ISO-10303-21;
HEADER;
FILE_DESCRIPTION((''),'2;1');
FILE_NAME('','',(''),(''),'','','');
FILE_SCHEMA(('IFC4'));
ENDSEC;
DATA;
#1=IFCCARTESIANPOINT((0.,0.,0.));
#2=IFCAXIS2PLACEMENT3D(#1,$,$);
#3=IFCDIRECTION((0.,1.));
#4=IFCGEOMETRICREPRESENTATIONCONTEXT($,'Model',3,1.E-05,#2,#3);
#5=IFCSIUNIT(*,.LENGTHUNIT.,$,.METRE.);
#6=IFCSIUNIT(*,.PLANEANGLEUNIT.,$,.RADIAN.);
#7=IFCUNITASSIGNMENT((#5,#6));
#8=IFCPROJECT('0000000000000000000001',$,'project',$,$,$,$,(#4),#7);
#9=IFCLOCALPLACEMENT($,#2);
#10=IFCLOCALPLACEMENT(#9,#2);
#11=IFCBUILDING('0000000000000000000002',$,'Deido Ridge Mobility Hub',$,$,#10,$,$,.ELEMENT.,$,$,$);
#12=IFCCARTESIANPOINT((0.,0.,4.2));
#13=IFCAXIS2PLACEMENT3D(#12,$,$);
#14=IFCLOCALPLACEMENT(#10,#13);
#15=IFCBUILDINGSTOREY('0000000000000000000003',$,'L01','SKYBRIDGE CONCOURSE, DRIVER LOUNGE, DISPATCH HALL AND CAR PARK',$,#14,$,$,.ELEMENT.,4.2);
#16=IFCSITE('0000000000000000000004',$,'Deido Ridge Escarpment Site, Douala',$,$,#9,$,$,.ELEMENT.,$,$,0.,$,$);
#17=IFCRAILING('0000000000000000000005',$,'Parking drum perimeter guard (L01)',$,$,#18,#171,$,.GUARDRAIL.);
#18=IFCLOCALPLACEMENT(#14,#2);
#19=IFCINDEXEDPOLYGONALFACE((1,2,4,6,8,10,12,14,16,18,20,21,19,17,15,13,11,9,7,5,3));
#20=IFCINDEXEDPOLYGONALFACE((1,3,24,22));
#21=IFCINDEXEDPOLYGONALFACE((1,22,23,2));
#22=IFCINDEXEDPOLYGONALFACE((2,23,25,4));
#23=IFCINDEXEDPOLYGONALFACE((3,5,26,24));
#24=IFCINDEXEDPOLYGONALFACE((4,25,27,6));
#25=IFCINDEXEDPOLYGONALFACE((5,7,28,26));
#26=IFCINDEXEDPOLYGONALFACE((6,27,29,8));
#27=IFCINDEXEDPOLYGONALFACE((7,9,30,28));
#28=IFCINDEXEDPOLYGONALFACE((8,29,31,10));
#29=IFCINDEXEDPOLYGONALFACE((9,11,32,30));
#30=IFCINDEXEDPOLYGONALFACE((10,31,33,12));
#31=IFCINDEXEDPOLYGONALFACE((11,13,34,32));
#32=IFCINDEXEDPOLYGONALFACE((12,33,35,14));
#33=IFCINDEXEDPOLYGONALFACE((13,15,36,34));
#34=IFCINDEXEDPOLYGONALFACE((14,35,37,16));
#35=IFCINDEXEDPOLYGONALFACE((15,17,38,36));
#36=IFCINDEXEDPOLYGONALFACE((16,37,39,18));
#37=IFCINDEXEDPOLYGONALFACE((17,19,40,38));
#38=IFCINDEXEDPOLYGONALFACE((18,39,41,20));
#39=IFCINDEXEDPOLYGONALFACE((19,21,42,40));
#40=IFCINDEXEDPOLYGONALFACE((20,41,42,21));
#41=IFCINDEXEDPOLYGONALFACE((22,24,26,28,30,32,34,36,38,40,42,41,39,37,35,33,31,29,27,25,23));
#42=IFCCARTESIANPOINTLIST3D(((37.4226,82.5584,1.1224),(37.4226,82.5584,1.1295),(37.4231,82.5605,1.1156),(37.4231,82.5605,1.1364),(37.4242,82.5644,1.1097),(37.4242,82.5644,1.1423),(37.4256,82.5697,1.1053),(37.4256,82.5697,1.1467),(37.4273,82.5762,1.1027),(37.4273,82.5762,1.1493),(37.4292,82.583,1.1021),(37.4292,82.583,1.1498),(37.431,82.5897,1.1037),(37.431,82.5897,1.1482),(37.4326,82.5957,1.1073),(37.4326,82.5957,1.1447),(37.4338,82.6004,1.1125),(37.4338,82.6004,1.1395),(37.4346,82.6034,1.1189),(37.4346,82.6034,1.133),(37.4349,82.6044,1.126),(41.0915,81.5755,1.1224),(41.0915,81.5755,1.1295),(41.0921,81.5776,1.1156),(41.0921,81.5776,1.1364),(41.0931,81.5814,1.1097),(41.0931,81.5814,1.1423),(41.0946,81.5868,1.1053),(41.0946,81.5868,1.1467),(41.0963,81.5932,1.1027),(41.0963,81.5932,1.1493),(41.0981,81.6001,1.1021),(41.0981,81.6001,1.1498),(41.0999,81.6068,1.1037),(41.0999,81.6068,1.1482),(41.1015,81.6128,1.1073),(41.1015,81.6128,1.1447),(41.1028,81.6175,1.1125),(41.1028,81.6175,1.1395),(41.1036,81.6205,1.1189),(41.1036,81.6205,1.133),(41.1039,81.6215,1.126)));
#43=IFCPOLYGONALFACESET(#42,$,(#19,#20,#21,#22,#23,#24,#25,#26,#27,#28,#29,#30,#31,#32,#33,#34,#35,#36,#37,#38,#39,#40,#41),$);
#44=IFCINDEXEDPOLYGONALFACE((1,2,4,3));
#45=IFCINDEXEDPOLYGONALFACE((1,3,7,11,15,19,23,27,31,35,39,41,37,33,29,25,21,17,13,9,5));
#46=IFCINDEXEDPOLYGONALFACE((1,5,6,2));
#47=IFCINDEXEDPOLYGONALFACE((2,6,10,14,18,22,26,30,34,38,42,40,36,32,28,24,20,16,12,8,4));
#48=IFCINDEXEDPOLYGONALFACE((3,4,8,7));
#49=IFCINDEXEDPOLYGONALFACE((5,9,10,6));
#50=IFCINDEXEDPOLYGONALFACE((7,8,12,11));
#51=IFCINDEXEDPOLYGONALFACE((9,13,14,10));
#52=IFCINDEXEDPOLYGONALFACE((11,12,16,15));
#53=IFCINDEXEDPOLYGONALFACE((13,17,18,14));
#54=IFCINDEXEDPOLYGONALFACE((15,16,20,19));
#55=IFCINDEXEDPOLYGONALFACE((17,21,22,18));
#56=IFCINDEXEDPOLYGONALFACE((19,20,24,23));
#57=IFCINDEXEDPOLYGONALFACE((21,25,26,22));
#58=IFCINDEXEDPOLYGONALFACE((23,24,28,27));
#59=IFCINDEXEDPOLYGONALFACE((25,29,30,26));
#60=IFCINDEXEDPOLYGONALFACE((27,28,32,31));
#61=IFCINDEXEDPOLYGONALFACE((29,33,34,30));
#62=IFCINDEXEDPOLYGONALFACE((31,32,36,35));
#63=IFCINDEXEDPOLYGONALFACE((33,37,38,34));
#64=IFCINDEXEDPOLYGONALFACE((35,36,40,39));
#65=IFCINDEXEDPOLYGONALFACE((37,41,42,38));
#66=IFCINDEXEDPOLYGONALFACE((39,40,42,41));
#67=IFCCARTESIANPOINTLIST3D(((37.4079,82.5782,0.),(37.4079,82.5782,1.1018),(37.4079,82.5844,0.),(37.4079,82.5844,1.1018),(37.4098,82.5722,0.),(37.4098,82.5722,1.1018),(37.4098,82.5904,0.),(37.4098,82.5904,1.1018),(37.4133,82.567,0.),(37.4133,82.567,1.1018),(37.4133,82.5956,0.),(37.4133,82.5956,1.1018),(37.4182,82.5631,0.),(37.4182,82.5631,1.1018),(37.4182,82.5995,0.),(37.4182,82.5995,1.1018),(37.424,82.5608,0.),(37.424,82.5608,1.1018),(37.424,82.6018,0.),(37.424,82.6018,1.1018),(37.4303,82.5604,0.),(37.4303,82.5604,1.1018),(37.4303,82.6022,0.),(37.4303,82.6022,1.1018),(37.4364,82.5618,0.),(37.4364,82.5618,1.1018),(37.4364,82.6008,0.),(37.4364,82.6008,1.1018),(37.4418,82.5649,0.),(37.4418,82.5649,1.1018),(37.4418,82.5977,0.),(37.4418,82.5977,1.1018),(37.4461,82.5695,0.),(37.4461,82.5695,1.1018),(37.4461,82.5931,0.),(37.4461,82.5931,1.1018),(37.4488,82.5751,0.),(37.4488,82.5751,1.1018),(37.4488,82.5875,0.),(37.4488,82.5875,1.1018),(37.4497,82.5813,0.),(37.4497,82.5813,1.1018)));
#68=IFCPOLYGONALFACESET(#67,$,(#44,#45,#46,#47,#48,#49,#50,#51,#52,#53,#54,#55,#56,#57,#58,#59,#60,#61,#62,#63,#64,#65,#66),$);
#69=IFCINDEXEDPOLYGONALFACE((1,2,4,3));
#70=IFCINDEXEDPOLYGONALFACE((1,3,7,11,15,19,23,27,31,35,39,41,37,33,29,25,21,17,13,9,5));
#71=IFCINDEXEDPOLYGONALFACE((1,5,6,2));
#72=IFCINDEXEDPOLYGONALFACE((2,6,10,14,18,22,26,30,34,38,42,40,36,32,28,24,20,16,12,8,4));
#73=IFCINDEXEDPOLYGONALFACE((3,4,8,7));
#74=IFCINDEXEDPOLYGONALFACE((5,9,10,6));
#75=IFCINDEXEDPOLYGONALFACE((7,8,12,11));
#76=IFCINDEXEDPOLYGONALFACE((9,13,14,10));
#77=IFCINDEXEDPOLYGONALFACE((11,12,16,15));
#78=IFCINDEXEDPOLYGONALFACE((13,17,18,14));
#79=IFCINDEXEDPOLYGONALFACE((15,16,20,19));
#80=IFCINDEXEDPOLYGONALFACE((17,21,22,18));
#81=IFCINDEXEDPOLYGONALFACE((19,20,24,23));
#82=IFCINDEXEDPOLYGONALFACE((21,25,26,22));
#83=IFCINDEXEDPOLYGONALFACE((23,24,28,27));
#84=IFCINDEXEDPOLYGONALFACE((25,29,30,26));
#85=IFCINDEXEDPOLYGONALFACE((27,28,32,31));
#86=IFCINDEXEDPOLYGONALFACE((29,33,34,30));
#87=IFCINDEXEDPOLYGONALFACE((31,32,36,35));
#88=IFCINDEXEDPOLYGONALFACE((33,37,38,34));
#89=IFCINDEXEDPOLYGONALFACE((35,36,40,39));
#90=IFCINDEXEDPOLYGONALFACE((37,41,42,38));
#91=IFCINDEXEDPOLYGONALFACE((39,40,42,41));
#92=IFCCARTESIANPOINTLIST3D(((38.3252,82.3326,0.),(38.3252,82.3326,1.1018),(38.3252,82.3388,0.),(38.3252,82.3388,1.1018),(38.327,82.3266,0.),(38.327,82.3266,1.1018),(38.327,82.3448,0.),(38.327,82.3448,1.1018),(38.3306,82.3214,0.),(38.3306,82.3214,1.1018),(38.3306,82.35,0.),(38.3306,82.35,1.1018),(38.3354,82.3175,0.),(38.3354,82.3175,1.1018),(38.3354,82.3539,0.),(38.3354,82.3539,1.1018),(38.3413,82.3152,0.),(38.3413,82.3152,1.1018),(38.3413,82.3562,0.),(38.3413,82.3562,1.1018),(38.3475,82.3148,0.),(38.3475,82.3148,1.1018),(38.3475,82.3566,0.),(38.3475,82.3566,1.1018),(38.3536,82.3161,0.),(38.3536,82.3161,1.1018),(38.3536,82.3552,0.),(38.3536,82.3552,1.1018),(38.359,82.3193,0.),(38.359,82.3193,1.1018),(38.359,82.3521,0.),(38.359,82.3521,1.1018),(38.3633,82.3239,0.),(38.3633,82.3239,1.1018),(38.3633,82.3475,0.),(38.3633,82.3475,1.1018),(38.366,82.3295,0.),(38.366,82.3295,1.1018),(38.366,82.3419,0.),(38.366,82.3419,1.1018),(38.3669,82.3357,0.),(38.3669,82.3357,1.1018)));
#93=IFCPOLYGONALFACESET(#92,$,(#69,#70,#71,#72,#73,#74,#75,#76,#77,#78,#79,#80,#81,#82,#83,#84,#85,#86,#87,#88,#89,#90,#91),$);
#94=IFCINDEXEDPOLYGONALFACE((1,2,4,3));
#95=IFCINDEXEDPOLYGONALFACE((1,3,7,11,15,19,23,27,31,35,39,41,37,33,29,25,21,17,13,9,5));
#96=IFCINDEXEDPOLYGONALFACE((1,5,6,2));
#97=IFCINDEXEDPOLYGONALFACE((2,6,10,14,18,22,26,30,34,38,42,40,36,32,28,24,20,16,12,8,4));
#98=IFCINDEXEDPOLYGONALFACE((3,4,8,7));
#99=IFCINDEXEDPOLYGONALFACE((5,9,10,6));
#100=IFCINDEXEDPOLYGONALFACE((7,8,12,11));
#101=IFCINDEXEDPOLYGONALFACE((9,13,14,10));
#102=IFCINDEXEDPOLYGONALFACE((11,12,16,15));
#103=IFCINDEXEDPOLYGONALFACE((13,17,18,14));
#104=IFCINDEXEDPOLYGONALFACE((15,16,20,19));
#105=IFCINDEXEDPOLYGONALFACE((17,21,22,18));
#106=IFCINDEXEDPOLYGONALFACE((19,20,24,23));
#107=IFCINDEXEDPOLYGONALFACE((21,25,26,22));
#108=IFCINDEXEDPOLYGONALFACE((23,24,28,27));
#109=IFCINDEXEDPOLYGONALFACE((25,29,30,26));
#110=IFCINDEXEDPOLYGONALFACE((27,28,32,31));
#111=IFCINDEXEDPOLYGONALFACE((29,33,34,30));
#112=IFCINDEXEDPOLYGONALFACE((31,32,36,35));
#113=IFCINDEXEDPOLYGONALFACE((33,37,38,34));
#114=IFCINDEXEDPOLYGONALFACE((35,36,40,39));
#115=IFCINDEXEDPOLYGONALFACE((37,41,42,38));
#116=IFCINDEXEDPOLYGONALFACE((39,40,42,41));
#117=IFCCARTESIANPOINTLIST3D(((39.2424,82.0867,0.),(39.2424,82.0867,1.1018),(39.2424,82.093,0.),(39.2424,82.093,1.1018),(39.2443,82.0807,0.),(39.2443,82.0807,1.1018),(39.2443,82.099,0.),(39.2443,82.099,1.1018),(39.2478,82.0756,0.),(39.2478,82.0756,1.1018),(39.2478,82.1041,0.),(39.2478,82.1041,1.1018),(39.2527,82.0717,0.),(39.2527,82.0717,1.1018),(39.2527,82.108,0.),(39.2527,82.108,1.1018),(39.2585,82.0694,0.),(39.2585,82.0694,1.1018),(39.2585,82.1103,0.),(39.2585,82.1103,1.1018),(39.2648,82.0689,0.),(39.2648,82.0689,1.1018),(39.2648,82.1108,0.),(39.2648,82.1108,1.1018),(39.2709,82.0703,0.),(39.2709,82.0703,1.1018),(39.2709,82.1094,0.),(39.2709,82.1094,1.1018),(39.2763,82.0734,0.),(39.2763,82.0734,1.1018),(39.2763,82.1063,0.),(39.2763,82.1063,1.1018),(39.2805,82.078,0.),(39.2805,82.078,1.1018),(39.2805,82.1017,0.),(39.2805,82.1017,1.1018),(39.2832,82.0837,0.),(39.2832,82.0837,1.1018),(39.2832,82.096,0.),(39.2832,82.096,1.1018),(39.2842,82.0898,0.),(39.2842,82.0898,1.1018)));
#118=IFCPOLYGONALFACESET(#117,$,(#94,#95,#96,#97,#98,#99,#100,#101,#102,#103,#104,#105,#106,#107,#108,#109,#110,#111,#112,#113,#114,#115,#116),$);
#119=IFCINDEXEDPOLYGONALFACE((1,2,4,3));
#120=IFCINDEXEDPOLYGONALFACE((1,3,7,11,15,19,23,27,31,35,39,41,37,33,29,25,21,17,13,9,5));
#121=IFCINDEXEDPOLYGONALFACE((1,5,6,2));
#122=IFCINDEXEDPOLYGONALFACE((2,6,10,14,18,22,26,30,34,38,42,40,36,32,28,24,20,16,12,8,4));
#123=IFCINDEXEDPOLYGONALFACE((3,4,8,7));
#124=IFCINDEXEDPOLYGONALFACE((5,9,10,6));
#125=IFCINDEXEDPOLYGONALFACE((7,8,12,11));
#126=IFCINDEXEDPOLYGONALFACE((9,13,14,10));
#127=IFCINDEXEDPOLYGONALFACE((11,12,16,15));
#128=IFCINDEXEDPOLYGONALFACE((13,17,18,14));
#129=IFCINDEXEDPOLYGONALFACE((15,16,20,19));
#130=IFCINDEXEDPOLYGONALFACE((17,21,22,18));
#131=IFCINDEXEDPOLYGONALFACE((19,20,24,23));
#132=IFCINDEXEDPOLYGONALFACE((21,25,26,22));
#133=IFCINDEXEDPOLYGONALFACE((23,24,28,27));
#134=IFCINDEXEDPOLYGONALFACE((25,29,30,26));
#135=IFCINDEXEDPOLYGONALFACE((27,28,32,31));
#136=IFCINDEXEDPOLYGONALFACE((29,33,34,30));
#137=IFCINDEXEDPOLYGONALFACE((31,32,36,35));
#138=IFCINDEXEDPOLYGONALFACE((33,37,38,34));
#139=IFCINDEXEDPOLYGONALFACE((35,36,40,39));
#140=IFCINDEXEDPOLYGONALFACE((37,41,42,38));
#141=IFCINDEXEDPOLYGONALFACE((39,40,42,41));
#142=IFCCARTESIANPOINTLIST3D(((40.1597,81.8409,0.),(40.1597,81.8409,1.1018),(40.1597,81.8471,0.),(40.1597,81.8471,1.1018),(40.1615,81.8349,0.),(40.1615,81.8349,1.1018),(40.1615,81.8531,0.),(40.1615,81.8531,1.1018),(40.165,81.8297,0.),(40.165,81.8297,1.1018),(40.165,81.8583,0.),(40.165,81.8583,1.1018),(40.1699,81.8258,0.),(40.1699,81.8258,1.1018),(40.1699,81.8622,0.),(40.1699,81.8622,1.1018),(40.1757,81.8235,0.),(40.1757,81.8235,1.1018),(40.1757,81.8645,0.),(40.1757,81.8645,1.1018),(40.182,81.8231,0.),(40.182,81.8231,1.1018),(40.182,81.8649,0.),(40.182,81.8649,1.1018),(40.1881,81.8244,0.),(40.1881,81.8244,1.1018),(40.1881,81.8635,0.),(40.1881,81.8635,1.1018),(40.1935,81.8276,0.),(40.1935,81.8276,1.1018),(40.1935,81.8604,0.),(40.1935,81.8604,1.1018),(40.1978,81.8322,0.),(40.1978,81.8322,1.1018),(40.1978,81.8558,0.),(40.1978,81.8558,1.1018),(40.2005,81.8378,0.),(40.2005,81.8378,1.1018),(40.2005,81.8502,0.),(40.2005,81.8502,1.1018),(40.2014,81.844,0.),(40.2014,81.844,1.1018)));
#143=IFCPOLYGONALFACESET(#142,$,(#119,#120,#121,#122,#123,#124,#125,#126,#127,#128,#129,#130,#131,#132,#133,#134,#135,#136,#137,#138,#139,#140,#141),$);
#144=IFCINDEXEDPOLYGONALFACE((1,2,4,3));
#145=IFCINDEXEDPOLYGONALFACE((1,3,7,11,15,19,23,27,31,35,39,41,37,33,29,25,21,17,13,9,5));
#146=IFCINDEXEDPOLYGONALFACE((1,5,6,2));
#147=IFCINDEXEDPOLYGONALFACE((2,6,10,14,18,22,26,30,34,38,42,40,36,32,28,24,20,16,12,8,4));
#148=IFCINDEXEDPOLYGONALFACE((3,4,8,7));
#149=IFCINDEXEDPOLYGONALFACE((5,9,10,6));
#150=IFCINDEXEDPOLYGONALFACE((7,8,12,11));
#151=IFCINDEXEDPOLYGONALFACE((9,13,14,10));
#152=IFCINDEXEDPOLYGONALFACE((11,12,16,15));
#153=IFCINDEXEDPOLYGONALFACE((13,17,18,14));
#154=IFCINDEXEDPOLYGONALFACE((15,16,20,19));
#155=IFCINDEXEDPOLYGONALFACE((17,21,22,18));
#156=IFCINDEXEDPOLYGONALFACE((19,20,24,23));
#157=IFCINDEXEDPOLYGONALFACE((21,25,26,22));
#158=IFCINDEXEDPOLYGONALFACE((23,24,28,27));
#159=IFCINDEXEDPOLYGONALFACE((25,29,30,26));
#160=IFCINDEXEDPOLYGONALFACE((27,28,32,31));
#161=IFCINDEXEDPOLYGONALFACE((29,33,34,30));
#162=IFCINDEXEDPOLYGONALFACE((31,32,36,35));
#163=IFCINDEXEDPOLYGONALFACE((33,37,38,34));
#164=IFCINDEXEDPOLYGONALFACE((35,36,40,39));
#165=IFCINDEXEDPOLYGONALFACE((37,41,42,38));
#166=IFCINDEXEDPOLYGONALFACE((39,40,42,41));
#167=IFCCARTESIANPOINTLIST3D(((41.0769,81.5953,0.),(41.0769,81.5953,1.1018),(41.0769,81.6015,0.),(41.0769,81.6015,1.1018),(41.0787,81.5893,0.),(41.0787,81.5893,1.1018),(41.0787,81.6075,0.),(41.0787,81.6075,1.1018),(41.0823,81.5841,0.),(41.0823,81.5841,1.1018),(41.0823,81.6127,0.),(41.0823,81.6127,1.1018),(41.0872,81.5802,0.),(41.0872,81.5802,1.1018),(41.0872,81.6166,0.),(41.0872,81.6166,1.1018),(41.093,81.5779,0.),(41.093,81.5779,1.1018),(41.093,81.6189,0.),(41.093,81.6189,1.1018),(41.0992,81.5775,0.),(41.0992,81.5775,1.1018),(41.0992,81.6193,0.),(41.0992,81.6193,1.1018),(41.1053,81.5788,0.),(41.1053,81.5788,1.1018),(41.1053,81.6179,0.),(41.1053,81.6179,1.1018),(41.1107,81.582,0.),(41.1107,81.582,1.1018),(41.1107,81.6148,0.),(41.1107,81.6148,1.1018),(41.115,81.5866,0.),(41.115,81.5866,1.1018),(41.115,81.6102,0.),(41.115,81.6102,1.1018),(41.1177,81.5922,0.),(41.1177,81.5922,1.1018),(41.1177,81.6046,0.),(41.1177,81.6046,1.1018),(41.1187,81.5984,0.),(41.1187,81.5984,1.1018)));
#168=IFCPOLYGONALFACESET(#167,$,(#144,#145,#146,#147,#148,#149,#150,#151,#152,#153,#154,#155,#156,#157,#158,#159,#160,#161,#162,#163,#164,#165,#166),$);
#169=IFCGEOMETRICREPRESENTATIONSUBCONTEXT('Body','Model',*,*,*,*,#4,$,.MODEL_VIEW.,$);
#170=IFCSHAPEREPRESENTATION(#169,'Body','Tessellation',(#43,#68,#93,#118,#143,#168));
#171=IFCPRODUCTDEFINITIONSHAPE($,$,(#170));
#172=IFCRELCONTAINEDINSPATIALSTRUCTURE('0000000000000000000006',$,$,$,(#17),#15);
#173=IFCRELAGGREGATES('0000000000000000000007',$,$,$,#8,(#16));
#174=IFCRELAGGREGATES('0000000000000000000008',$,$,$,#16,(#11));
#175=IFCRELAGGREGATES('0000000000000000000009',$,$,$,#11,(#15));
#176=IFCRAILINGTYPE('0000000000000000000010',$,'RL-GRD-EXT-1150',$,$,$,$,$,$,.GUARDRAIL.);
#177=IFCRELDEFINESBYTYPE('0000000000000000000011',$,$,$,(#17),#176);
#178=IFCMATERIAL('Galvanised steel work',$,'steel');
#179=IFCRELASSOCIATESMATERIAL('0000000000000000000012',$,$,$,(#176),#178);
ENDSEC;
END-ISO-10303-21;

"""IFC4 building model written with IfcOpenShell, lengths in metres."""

from ifc_helpers import new_model, si_unit, direction, frame, origin, origin_2d, place, context, subcontext, project, spatial, circle, extrude, material, type_object, element, save


model = new_model("IFC4")

# Units and contexts
model_context = context("Model", 3, precision=1e-05, world=origin(), true_north=direction((0.0, 1.0)))
body_context = subcontext(model_context, "Body", "Model", "MODEL_VIEW")
ifc_project = project(units=[si_unit("LENGTHUNIT", "METRE"), si_unit("PLANEANGLEUNIT", "RADIAN")], contexts=[model_context])

# Site, building, storey
site_placement = place(None, origin())
site = spatial("IfcSite", under=ifc_project, at=site_placement, Name="Deido Ridge Escarpment Site, Douala", CompositionType="ELEMENT", RefElevation=0.0)
building_placement = place(site_placement, origin())
building = spatial("IfcBuilding", under=site, at=building_placement, Name="Deido Ridge Mobility Hub", CompositionType="ELEMENT")
storey_placement = place(building_placement, frame((0.0, 0.0, 4.2)))
storey = spatial("IfcBuildingStorey", under=building, at=storey_placement, Name="L01", Description="SKYBRIDGE CONCOURSE, DRIVER LOUNGE, DISPATCH HALL AND CAR PARK", CompositionType="ELEMENT", Elevation=4.2)

# Railing
ifc_material_1 = material(Name="Galvanised steel work", Category="steel")
railing_type = type_object("IfcRailingType", Name="RL-GRD-EXT-1150", PredefinedType="GUARDRAIL", material=ifc_material_1)
railing_1_placement = place(storey_placement, frame((37.4287, 82.5813, 0.0)))
element("IfcRailing", 1, at=railing_1_placement, inside=storey, type_object=railing_type, Name="Parking drum perimeter guard (L01)", PredefinedType="GUARDRAIL", context=body_context, shape_type="SweptSolid", body=[
    extrude(circle(Radius=0.0239, at=origin_2d()), frame((0.0, 0.0, 1.126), z_axis=(0.965938, -0.258775, 0.0), x_axis=(0.258775, 0.965938, 0.0)), (0.0, 0.0, 1.0), 3.7983),
    extrude(circle(Radius=0.021, at=origin_2d()), origin(), (0.0, 0.0, 1.0), 1.1018),
    extrude(circle(Radius=0.021, at=origin_2d()), frame((0.9172, -0.2456, 0.0)), (0.0, 0.0, 1.0), 1.1018),
    extrude(circle(Radius=0.021, at=origin_2d()), frame((1.8345, -0.4915, 0.0)), (0.0, 0.0, 1.0), 1.1018),
    extrude(circle(Radius=0.021, at=origin_2d()), frame((2.7517, -0.7373, 0.0)), (0.0, 0.0, 1.0), 1.1018),
    extrude(circle(Radius=0.021, at=origin_2d()), frame((3.6689, -0.9829, 0.0)), (0.0, 0.0, 1.0), 1.1018),
])

save(model, "model.ifc")
